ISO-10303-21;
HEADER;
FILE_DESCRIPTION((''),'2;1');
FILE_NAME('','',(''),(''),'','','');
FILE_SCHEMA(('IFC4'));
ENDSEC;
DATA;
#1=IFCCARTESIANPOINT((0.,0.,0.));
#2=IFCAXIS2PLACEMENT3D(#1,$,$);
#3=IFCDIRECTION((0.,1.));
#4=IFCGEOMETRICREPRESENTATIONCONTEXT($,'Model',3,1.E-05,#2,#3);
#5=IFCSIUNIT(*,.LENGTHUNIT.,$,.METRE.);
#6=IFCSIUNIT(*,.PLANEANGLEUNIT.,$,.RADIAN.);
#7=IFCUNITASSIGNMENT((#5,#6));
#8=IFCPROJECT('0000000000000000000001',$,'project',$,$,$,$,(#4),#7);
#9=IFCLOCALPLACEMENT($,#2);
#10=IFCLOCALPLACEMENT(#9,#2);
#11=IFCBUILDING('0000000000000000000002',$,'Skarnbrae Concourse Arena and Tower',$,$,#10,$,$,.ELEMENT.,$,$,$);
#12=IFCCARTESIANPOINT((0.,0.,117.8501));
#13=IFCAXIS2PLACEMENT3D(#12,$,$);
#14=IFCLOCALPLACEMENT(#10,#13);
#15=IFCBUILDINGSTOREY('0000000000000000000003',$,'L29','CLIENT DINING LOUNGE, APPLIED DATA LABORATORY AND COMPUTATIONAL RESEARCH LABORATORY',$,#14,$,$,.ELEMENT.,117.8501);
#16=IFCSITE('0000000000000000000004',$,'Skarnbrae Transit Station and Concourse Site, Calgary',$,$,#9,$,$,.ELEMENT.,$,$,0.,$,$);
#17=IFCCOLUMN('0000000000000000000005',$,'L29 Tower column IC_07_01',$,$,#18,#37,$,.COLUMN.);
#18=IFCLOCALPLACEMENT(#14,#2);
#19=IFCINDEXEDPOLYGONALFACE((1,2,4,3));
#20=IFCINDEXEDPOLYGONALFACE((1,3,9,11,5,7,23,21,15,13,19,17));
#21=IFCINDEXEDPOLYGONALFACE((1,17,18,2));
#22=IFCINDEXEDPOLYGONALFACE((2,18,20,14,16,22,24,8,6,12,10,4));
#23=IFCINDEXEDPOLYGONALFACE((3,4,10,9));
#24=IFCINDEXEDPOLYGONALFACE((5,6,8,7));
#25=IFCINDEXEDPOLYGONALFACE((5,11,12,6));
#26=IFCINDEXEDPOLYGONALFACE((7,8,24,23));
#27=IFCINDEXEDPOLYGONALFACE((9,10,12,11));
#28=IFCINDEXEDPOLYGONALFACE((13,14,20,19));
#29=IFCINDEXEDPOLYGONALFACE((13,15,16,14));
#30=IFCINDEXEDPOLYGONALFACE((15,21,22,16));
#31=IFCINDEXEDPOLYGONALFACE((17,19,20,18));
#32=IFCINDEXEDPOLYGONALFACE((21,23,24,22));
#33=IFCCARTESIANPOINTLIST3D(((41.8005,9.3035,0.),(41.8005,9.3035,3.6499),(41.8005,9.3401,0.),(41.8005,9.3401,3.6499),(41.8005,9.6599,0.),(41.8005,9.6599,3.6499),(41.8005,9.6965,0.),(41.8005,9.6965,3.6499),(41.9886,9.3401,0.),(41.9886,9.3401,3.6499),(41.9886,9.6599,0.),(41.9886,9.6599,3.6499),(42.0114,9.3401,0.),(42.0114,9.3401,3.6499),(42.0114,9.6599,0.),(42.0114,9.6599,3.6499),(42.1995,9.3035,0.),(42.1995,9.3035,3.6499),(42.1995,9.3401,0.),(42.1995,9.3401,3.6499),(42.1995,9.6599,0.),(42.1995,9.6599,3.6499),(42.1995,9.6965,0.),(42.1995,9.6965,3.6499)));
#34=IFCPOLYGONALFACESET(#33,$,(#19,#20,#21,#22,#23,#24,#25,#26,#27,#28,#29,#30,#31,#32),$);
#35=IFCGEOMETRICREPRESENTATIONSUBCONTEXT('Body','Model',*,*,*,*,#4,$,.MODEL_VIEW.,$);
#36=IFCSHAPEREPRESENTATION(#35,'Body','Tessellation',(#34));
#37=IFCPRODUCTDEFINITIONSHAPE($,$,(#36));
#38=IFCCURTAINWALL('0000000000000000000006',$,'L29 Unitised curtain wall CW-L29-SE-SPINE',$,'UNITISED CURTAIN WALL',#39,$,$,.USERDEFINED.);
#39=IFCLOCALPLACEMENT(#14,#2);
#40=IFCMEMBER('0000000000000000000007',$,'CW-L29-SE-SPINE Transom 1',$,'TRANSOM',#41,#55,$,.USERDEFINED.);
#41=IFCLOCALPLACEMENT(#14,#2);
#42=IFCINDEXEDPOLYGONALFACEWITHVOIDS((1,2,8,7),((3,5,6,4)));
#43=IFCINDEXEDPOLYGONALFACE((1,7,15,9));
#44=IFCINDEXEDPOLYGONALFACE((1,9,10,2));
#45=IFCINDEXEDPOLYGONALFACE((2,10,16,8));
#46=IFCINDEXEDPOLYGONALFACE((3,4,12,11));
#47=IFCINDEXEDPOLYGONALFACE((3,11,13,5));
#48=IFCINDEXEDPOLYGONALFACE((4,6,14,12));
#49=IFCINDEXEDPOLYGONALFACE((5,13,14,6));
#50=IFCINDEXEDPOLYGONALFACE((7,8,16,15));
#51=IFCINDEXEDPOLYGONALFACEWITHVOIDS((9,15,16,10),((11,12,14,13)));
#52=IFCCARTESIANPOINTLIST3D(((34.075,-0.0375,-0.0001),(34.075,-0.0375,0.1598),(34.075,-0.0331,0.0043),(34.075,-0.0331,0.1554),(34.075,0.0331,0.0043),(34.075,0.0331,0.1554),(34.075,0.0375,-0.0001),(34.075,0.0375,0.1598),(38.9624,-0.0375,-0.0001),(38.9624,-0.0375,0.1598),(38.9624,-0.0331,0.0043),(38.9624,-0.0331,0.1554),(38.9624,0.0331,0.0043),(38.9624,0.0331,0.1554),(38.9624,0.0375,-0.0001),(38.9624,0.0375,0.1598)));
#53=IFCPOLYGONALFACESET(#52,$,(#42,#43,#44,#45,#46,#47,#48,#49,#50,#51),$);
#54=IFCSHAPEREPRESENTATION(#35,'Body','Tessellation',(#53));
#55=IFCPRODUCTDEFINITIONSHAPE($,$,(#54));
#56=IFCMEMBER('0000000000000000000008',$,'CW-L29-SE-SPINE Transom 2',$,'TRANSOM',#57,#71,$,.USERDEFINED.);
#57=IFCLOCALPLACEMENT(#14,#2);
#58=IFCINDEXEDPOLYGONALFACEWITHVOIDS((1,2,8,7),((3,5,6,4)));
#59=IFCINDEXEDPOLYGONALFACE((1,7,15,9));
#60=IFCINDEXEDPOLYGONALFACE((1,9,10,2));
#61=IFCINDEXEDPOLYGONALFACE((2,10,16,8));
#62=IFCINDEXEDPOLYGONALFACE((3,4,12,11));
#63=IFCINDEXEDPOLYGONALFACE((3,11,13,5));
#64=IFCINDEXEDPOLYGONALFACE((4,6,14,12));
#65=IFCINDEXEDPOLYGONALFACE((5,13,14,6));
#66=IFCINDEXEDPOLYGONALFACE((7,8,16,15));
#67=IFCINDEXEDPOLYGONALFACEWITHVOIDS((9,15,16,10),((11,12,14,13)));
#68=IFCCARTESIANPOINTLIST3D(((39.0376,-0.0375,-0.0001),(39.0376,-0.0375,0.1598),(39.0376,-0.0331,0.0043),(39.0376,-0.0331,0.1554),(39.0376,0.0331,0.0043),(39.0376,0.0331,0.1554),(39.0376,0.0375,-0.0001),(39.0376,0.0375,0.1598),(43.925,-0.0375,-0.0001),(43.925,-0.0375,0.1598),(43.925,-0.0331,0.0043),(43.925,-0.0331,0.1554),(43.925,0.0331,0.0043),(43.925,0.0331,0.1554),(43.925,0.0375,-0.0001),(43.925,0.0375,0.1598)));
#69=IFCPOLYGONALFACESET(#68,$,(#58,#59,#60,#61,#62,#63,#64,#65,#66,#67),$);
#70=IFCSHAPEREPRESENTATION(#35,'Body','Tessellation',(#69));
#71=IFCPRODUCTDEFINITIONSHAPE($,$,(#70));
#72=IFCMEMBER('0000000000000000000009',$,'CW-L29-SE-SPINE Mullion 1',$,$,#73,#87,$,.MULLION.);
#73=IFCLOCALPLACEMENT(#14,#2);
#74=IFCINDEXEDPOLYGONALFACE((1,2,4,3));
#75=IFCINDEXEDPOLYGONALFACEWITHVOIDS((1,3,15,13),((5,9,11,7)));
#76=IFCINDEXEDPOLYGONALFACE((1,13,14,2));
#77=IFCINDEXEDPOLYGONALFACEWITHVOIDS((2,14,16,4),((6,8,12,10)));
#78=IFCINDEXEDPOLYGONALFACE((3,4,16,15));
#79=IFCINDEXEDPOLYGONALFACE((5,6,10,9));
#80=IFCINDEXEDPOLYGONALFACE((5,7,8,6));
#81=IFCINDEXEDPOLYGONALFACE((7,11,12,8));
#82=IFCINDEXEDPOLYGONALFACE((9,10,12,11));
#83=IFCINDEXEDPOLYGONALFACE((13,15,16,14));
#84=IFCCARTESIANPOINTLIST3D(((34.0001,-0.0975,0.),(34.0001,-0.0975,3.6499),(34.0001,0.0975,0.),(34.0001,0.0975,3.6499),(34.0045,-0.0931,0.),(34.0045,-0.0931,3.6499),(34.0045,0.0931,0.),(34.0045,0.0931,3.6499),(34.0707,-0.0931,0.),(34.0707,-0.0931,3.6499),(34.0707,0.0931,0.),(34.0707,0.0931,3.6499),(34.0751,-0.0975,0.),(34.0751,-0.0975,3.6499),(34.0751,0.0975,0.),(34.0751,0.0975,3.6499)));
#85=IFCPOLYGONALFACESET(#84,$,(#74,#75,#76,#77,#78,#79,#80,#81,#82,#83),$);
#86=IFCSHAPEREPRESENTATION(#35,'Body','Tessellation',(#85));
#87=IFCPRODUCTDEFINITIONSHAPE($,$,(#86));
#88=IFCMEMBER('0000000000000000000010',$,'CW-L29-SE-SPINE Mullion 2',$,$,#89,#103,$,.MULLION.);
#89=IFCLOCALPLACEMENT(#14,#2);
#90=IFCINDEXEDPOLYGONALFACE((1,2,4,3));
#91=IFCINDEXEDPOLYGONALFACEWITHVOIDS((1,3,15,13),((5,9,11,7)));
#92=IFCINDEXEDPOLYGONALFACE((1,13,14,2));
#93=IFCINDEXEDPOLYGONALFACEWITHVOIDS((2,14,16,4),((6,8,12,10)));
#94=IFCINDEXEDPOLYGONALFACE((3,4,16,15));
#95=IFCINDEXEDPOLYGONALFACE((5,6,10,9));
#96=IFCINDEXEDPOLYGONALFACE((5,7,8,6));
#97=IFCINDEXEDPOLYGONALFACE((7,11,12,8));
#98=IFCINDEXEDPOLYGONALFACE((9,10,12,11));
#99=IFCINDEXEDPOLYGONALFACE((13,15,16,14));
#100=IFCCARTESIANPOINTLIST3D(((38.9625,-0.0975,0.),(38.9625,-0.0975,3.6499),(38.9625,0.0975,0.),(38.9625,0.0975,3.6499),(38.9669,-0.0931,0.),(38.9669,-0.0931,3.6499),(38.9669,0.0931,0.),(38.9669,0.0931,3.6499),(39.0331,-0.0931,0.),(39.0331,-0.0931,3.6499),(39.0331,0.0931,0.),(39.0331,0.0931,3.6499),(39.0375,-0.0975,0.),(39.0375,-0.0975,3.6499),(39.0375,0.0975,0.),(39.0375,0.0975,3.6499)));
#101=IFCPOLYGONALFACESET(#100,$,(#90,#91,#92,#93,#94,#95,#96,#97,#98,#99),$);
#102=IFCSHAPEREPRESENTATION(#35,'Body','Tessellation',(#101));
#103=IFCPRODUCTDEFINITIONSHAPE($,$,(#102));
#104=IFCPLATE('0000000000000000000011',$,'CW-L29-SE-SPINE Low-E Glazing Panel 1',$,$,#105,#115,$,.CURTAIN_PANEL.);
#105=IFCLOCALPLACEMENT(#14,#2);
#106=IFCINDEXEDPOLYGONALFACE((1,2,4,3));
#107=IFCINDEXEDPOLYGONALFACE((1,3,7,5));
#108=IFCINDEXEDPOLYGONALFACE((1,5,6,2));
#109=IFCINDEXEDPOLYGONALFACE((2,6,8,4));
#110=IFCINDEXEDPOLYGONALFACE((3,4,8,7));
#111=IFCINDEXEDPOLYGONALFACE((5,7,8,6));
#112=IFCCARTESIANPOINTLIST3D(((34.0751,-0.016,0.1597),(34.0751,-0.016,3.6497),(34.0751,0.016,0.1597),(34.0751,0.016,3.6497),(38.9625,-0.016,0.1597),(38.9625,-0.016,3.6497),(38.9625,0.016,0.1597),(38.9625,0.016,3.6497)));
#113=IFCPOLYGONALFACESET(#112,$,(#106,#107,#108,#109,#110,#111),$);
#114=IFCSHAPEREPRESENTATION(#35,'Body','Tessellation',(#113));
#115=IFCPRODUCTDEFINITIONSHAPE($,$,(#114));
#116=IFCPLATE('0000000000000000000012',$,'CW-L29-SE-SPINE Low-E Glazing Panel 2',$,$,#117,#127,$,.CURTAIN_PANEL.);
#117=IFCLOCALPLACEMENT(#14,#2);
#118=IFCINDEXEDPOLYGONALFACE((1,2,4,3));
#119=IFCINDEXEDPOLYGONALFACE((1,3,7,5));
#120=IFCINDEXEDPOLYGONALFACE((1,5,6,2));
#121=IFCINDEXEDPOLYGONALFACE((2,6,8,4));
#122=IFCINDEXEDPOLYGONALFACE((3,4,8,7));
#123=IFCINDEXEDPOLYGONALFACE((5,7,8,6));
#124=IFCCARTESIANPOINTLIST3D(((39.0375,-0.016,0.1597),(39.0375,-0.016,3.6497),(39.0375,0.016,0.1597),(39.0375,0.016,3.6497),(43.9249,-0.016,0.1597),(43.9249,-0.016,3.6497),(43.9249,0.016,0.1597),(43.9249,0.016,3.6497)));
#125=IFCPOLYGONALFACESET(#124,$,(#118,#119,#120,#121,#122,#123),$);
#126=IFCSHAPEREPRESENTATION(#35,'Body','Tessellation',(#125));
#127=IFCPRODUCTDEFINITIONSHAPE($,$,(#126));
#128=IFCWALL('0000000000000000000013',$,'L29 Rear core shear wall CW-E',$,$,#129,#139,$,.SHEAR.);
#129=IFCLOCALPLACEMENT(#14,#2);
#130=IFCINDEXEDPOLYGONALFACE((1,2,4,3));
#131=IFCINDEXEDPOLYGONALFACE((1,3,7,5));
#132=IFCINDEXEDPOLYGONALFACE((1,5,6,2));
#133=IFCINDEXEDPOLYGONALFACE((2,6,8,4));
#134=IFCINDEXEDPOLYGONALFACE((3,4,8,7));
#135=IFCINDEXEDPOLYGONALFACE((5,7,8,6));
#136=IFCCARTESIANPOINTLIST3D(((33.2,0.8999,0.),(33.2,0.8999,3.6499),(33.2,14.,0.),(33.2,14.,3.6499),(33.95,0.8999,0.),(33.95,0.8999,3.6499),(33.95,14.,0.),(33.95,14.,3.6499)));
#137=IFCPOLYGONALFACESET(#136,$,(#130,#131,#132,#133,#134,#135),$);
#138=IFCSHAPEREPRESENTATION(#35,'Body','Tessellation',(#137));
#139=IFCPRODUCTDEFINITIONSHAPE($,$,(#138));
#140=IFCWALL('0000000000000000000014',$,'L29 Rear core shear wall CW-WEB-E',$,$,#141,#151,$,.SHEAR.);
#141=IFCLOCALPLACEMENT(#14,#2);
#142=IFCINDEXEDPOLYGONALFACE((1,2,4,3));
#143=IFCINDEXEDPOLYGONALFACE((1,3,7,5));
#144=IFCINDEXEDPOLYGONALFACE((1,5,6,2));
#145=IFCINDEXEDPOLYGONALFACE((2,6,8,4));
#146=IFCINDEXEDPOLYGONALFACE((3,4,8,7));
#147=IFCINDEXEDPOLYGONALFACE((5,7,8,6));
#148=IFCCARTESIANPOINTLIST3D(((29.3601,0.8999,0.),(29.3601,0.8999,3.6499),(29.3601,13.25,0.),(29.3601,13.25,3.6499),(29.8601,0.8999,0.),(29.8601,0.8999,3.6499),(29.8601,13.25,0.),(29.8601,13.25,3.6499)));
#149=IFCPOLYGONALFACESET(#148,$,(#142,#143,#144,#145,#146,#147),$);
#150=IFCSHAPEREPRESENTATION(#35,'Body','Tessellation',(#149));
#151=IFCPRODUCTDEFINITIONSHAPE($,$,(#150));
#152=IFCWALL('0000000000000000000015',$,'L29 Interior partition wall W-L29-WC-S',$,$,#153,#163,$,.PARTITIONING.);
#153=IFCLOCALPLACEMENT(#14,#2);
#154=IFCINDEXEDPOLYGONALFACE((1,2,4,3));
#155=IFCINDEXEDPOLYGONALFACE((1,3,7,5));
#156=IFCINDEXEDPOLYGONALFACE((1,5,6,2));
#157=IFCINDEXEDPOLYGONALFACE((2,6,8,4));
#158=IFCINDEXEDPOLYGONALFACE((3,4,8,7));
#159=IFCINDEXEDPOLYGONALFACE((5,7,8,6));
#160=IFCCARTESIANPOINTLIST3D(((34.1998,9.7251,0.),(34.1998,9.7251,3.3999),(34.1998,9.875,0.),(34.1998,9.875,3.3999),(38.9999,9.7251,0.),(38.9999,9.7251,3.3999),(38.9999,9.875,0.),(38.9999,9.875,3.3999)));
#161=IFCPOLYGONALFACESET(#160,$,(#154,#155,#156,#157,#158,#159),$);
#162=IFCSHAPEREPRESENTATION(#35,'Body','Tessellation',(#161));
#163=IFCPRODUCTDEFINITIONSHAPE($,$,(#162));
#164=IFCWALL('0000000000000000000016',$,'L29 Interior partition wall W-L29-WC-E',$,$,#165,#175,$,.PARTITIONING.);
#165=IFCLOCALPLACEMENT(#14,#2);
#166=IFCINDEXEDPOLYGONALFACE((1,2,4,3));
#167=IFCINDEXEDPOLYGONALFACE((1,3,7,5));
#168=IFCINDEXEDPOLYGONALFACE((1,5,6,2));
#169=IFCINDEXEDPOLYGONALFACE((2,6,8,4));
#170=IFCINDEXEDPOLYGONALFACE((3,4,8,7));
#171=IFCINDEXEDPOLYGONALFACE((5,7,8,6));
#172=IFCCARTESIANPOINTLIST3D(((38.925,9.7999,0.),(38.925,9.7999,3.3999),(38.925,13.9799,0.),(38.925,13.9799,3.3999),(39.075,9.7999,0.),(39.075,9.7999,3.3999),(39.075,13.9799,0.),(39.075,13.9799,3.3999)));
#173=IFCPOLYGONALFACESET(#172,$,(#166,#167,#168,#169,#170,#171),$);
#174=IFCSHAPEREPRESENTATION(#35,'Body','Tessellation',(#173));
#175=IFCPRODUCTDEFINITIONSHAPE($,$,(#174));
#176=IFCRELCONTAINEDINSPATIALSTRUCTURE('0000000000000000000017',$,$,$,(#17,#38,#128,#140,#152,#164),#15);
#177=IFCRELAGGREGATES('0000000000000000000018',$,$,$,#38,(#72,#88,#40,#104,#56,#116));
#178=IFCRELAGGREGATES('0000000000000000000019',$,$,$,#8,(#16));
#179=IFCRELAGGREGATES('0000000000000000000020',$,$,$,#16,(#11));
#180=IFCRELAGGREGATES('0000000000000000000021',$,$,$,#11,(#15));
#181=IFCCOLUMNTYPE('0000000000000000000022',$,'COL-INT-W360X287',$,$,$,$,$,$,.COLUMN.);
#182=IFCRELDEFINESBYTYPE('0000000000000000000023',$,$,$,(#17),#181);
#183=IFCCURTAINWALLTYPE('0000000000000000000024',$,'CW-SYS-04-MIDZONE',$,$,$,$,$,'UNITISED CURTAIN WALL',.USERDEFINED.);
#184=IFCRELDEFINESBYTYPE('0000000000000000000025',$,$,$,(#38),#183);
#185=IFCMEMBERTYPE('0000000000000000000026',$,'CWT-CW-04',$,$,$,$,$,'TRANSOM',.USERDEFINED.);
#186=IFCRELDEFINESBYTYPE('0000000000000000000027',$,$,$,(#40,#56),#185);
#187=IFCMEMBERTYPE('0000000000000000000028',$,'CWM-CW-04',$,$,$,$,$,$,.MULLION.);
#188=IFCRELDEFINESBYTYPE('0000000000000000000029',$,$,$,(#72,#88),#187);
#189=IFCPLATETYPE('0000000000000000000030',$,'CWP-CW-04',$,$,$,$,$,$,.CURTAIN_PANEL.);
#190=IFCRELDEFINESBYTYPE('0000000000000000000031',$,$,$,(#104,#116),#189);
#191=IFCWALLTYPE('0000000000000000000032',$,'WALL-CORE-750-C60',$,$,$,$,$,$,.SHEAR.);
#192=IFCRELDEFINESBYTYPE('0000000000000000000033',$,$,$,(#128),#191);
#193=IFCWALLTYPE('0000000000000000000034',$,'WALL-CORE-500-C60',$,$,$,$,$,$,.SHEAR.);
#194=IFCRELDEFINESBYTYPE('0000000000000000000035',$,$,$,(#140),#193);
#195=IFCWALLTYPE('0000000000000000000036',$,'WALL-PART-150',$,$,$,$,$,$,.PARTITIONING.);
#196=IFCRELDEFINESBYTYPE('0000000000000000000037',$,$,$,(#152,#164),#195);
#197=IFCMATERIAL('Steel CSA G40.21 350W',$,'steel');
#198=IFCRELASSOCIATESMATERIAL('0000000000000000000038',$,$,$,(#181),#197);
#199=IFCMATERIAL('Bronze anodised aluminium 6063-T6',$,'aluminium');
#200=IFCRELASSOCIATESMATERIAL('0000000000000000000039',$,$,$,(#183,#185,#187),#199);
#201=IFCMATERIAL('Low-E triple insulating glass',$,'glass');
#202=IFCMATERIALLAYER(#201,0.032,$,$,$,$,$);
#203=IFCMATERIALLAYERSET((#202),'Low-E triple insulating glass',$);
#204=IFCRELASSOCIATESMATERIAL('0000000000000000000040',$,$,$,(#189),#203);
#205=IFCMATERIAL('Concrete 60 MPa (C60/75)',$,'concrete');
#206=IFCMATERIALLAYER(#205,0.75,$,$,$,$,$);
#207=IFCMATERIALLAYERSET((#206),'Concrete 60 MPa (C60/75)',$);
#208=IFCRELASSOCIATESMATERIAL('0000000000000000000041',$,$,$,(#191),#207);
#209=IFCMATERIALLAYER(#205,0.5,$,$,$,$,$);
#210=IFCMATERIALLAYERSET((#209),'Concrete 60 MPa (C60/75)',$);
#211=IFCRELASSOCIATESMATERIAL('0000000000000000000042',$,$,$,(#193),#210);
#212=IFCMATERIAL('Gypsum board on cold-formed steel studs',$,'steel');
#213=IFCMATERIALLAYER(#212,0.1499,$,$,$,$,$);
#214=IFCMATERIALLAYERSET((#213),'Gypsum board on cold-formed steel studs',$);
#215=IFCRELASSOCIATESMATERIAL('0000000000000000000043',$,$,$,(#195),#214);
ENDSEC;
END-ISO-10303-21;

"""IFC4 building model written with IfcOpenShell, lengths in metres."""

from ifc_helpers import new_model, si_unit, direction, frame, frame_2d, origin, origin_2d, place, context, subcontext, project, spatial, rectangle, hollow_rectangle, i_section, extrude, source, transform, mapped, material, layer, layer_set, material_profile, profile_set, type_object, element, aggregate, save


model = new_model("IFC4")

# Units and contexts
model_context = context("Model", 3, precision=1e-05, world=origin(), true_north=direction((0.0, 1.0)))
body_context = subcontext(model_context, "Body", "Model", "MODEL_VIEW")
ifc_project = project(units=[si_unit("LENGTHUNIT", "METRE"), si_unit("PLANEANGLEUNIT", "RADIAN")], contexts=[model_context])

# Site, building, storey
site_placement = place(None, origin())
site = spatial("IfcSite", under=ifc_project, at=site_placement, Name="Skarnbrae Transit Station and Concourse Site, Calgary", CompositionType="ELEMENT", RefElevation=0.0)
building_placement = place(site_placement, origin())
building = spatial("IfcBuilding", under=site, at=building_placement, Name="Skarnbrae Concourse Arena and Tower", CompositionType="ELEMENT")
storey_placement = place(building_placement, frame((0.0, 0.0, 117.8501)))
storey = spatial("IfcBuildingStorey", under=building, at=storey_placement, Name="L29", Description="CLIENT DINING LOUNGE, APPLIED DATA LABORATORY AND COMPUTATIONAL RESEARCH LABORATORY", CompositionType="ELEMENT", Elevation=117.8501)

# Column
ifc_material_1 = material(Name="Steel CSA G40.21 350W", Category="steel")
ifc_material_profile_1 = material_profile(ifc_material_1, i_section(OverallWidth=0.3989, OverallDepth=0.3931, WebThickness=0.0227, FlangeThickness=0.0366, at=origin_2d()), Name="W360X287")
ifc_profile_set_1 = profile_set([ifc_material_profile_1], Name="Steel CSA G40.21 350W")
column_type = type_object("IfcColumnType", Name="COL-INT-W360X287", PredefinedType="COLUMN", material=ifc_profile_set_1)
shared_shape_1 = source(origin(), body_context, "Body", "SweptSolid", [
    extrude(i_section(OverallWidth=0.3989, OverallDepth=0.3931, WebThickness=0.0227, FlangeThickness=0.0366, at=origin_2d()), origin(), (0.0, 0.0, 1.0), 3.6499),
])
column_placement = place(storey_placement, frame((42.0, 9.5, 0.0), z_axis=(0.0, 0.0, 1.0), x_axis=(1.0, 0.0, 0.0)))
element("IfcColumn", 1, at=column_placement, inside=storey, type_object=column_type, Name="L29 Tower column IC_07_01", PredefinedType="COLUMN", context=body_context, shape_type="MappedRepresentation", body=[
    mapped(shared_shape_1, transform((0.0, 0.0, 0.0))),
])

# Curtain wall, members, plates
ifc_material_2 = material(Name="Bronze anodised aluminium 6063-T6", Category="aluminium")
curtain_wall_type = type_object("IfcCurtainWallType", Name="CW-SYS-04-MIDZONE", ElementType="UNITISED CURTAIN WALL", PredefinedType="USERDEFINED", material=ifc_material_2)
curtain_wall_placement = place(storey_placement, origin())
curtain_wall = element("IfcCurtainWall", 2, at=curtain_wall_placement, inside=storey, type_object=curtain_wall_type, Name="L29 Unitised curtain wall CW-L29-SE-SPINE", ObjectType="UNITISED CURTAIN WALL", PredefinedType="USERDEFINED")
ifc_material_profile_2 = material_profile(ifc_material_2, hollow_rectangle(XDim=0.075, YDim=0.1599, WallThickness=0.0044, at=origin_2d()), Name="ALU-TRAN-75X160")
ifc_profile_set_2 = profile_set([ifc_material_profile_2], Name="Bronze anodised aluminium 6063-T6")
member_type_1 = type_object("IfcMemberType", Name="CWT-CW-04", ElementType="TRANSOM", PredefinedType="USERDEFINED", material=ifc_profile_set_2)
shared_shape_2 = source(origin(), body_context, "Body", "SweptSolid", [
    extrude(hollow_rectangle(XDim=0.075, YDim=0.1599, WallThickness=0.0044, at=origin_2d()), origin(), (0.0, 0.0, 1.0), 4.8875),
])
member_1_placement = place(storey_placement, frame((34.075, 0.0, 0.0798), z_axis=(1.0, 0.0, 0.0), x_axis=(0.0, 1.0, 0.0)))
member_1 = element("IfcMember", 3, at=member_1_placement, type_object=member_type_1, Name="CW-L29-SE-SPINE Transom 1", ObjectType="TRANSOM", PredefinedType="USERDEFINED", context=body_context, shape_type="MappedRepresentation", body=[
    mapped(shared_shape_2, transform((0.0, 0.0, 0.0))),
])
member_2_placement = place(storey_placement, frame((39.0376, 0.0, 0.0798), z_axis=(1.0, 0.0, 0.0), x_axis=(0.0, 1.0, 0.0)))
member_2 = element("IfcMember", 4, at=member_2_placement, type_object=member_type_1, Name="CW-L29-SE-SPINE Transom 2", ObjectType="TRANSOM", PredefinedType="USERDEFINED", context=body_context, shape_type="MappedRepresentation", body=[
    mapped(shared_shape_2, transform((0.0, 0.0, 0.0))),
])
ifc_material_profile_3 = material_profile(ifc_material_2, hollow_rectangle(XDim=0.075, YDim=0.1951, WallThickness=0.0044, at=origin_2d()), Name="ALU-MULL-75X195")
ifc_profile_set_3 = profile_set([ifc_material_profile_3], Name="Bronze anodised aluminium 6063-T6")
member_type_2 = type_object("IfcMemberType", Name="CWM-CW-04", PredefinedType="MULLION", material=ifc_profile_set_3)
shared_shape_3 = source(origin(), body_context, "Body", "SweptSolid", [
    extrude(hollow_rectangle(XDim=0.075, YDim=0.1951, WallThickness=0.0044, at=origin_2d()), origin(), (0.0, 0.0, 1.0), 3.6499),
])
member_3_placement = place(storey_placement, frame((34.0376, 0.0, 0.0), z_axis=(0.0, 0.0, 1.0), x_axis=(1.0, 0.0, 0.0)))
member_3 = element("IfcMember", 5, at=member_3_placement, type_object=member_type_2, Name="CW-L29-SE-SPINE Mullion 1", PredefinedType="MULLION", context=body_context, shape_type="MappedRepresentation", body=[
    mapped(shared_shape_3, transform((0.0, 0.0, 0.0))),
])
member_4_placement = place(storey_placement, frame((39.0, 0.0, 0.0), z_axis=(0.0, 0.0, 1.0), x_axis=(1.0, 0.0, 0.0)))
member_4 = element("IfcMember", 6, at=member_4_placement, type_object=member_type_2, Name="CW-L29-SE-SPINE Mullion 2", PredefinedType="MULLION", context=body_context, shape_type="MappedRepresentation", body=[
    mapped(shared_shape_3, transform((0.0, 0.0, 0.0))),
])
ifc_material_3 = material(Name="Low-E triple insulating glass", Category="glass")
ifc_layer_1 = layer(ifc_material_3, 0.032)
ifc_layer_set_1 = layer_set([ifc_layer_1], Name="Low-E triple insulating glass")
plate_type = type_object("IfcPlateType", Name="CWP-CW-04", PredefinedType="CURTAIN_PANEL", material=ifc_layer_set_1)
shared_shape_4 = source(origin(), body_context, "Body", "SweptSolid", [
    extrude(rectangle(XDim=4.8875, YDim=0.032, at=origin_2d()), origin(), (0.0, 0.0, 1.0), 3.49),
])
plate_1_placement = place(storey_placement, frame((36.5188, 0.0, 0.1597), z_axis=(0.0, 0.0, 1.0), x_axis=(1.0, 0.0, 0.0)))
plate_1 = element("IfcPlate", 7, at=plate_1_placement, type_object=plate_type, Name="CW-L29-SE-SPINE Low-E Glazing Panel 1", PredefinedType="CURTAIN_PANEL", context=body_context, shape_type="MappedRepresentation", body=[
    mapped(shared_shape_4, transform((0.0, 0.0, 0.0))),
])
plate_2_placement = place(storey_placement, frame((41.4812, 0.0, 0.1597), z_axis=(0.0, 0.0, 1.0), x_axis=(1.0, 0.0, 0.0)))
plate_2 = element("IfcPlate", 8, at=plate_2_placement, type_object=plate_type, Name="CW-L29-SE-SPINE Low-E Glazing Panel 2", PredefinedType="CURTAIN_PANEL", context=body_context, shape_type="MappedRepresentation", body=[
    mapped(shared_shape_4, transform((0.0, 0.0, 0.0))),
])
aggregate(curtain_wall, [member_3, member_4, member_1, plate_1, member_2, plate_2])

# Walls
ifc_material_4 = material(Name="Concrete 60 MPa (C60/75)", Category="concrete")
ifc_layer_2 = layer(ifc_material_4, 0.75)
ifc_layer_set_2 = layer_set([ifc_layer_2], Name="Concrete 60 MPa (C60/75)")
wall_type_1 = type_object("IfcWallType", Name="WALL-CORE-750-C60", PredefinedType="SHEAR", material=ifc_layer_set_2)
shared_shape_5 = source(origin(), body_context, "Body", "SweptSolid", [
    extrude(rectangle(XDim=13.1001, YDim=0.75, at=frame_2d((6.55, 0.0))), origin(), (0.0, 0.0, 1.0), 3.6499),
])
wall_1_placement = place(storey_placement, frame((33.575, 0.8999, 0.0), z_axis=(0.0, 0.0, 1.0), x_axis=(0.0, 1.0, 0.0)))
element("IfcWall", 9, at=wall_1_placement, inside=storey, type_object=wall_type_1, Name="L29 Rear core shear wall CW-E", PredefinedType="SHEAR", context=body_context, shape_type="MappedRepresentation", body=[
    mapped(shared_shape_5, transform((0.0, 0.0, 0.0))),
])
ifc_layer_3 = layer(ifc_material_4, 0.5)
ifc_layer_set_3 = layer_set([ifc_layer_3], Name="Concrete 60 MPa (C60/75)")
wall_type_2 = type_object("IfcWallType", Name="WALL-CORE-500-C60", PredefinedType="SHEAR", material=ifc_layer_set_3)
shared_shape_6 = source(origin(), body_context, "Body", "SweptSolid", [
    extrude(rectangle(XDim=12.3501, YDim=0.5, at=frame_2d((6.175, 0.0))), origin(), (0.0, 0.0, 1.0), 3.6499),
])
wall_2_placement = place(storey_placement, frame((29.6101, 0.8999, 0.0), z_axis=(0.0, 0.0, 1.0), x_axis=(0.0, 1.0, 0.0)))
element("IfcWall", 10, at=wall_2_placement, inside=storey, type_object=wall_type_2, Name="L29 Rear core shear wall CW-WEB-E", PredefinedType="SHEAR", context=body_context, shape_type="MappedRepresentation", body=[
    mapped(shared_shape_6, transform((0.0, 0.0, 0.0))),
])
ifc_material_5 = material(Name="Gypsum board on cold-formed steel studs", Category="steel")
ifc_layer_4 = layer(ifc_material_5, 0.1499)
ifc_layer_set_4 = layer_set([ifc_layer_4], Name="Gypsum board on cold-formed steel studs")
wall_type_3 = type_object("IfcWallType", Name="WALL-PART-150", PredefinedType="PARTITIONING", material=ifc_layer_set_4)
shared_shape_7 = source(origin(), body_context, "Body", "SweptSolid", [
    extrude(rectangle(XDim=4.8, YDim=0.1499, at=frame_2d((2.3999, 0.0))), origin(), (0.0, 0.0, 1.0), 3.3999),
])
wall_3_placement = place(storey_placement, frame((34.2, 9.8, 0.0), z_axis=(0.0, 0.0, 1.0), x_axis=(1.0, 0.0, 0.0)))
element("IfcWall", 11, at=wall_3_placement, inside=storey, type_object=wall_type_3, Name="L29 Interior partition wall W-L29-WC-S", PredefinedType="PARTITIONING", context=body_context, shape_type="MappedRepresentation", body=[
    mapped(shared_shape_7, transform((0.0, 0.0, 0.0))),
])
shared_shape_8 = source(origin(), body_context, "Body", "SweptSolid", [
    extrude(rectangle(XDim=4.1799, YDim=0.1499, at=frame_2d((2.0898, 0.0))), origin(), (0.0, 0.0, 1.0), 3.3999),
])
for number, where, z_axis, x_axis, name in (
    (12, (39.0, 9.8, 0.0), (0.0, 0.0, 1.0), (0.0, 1.0, 0.0), "L29 Interior partition wall W-L29-WC-E"),
):
    element("IfcWall", number, at=place(storey_placement, frame(where, z_axis=z_axis, x_axis=x_axis)), inside=storey, type_object=wall_type_3, Name=name, PredefinedType="PARTITIONING", context=body_context, shape_type="MappedRepresentation", body=[
        mapped(shared_shape_8, transform((0.0, 0.0, 0.0))),
    ])

save(model, "model.ifc")
